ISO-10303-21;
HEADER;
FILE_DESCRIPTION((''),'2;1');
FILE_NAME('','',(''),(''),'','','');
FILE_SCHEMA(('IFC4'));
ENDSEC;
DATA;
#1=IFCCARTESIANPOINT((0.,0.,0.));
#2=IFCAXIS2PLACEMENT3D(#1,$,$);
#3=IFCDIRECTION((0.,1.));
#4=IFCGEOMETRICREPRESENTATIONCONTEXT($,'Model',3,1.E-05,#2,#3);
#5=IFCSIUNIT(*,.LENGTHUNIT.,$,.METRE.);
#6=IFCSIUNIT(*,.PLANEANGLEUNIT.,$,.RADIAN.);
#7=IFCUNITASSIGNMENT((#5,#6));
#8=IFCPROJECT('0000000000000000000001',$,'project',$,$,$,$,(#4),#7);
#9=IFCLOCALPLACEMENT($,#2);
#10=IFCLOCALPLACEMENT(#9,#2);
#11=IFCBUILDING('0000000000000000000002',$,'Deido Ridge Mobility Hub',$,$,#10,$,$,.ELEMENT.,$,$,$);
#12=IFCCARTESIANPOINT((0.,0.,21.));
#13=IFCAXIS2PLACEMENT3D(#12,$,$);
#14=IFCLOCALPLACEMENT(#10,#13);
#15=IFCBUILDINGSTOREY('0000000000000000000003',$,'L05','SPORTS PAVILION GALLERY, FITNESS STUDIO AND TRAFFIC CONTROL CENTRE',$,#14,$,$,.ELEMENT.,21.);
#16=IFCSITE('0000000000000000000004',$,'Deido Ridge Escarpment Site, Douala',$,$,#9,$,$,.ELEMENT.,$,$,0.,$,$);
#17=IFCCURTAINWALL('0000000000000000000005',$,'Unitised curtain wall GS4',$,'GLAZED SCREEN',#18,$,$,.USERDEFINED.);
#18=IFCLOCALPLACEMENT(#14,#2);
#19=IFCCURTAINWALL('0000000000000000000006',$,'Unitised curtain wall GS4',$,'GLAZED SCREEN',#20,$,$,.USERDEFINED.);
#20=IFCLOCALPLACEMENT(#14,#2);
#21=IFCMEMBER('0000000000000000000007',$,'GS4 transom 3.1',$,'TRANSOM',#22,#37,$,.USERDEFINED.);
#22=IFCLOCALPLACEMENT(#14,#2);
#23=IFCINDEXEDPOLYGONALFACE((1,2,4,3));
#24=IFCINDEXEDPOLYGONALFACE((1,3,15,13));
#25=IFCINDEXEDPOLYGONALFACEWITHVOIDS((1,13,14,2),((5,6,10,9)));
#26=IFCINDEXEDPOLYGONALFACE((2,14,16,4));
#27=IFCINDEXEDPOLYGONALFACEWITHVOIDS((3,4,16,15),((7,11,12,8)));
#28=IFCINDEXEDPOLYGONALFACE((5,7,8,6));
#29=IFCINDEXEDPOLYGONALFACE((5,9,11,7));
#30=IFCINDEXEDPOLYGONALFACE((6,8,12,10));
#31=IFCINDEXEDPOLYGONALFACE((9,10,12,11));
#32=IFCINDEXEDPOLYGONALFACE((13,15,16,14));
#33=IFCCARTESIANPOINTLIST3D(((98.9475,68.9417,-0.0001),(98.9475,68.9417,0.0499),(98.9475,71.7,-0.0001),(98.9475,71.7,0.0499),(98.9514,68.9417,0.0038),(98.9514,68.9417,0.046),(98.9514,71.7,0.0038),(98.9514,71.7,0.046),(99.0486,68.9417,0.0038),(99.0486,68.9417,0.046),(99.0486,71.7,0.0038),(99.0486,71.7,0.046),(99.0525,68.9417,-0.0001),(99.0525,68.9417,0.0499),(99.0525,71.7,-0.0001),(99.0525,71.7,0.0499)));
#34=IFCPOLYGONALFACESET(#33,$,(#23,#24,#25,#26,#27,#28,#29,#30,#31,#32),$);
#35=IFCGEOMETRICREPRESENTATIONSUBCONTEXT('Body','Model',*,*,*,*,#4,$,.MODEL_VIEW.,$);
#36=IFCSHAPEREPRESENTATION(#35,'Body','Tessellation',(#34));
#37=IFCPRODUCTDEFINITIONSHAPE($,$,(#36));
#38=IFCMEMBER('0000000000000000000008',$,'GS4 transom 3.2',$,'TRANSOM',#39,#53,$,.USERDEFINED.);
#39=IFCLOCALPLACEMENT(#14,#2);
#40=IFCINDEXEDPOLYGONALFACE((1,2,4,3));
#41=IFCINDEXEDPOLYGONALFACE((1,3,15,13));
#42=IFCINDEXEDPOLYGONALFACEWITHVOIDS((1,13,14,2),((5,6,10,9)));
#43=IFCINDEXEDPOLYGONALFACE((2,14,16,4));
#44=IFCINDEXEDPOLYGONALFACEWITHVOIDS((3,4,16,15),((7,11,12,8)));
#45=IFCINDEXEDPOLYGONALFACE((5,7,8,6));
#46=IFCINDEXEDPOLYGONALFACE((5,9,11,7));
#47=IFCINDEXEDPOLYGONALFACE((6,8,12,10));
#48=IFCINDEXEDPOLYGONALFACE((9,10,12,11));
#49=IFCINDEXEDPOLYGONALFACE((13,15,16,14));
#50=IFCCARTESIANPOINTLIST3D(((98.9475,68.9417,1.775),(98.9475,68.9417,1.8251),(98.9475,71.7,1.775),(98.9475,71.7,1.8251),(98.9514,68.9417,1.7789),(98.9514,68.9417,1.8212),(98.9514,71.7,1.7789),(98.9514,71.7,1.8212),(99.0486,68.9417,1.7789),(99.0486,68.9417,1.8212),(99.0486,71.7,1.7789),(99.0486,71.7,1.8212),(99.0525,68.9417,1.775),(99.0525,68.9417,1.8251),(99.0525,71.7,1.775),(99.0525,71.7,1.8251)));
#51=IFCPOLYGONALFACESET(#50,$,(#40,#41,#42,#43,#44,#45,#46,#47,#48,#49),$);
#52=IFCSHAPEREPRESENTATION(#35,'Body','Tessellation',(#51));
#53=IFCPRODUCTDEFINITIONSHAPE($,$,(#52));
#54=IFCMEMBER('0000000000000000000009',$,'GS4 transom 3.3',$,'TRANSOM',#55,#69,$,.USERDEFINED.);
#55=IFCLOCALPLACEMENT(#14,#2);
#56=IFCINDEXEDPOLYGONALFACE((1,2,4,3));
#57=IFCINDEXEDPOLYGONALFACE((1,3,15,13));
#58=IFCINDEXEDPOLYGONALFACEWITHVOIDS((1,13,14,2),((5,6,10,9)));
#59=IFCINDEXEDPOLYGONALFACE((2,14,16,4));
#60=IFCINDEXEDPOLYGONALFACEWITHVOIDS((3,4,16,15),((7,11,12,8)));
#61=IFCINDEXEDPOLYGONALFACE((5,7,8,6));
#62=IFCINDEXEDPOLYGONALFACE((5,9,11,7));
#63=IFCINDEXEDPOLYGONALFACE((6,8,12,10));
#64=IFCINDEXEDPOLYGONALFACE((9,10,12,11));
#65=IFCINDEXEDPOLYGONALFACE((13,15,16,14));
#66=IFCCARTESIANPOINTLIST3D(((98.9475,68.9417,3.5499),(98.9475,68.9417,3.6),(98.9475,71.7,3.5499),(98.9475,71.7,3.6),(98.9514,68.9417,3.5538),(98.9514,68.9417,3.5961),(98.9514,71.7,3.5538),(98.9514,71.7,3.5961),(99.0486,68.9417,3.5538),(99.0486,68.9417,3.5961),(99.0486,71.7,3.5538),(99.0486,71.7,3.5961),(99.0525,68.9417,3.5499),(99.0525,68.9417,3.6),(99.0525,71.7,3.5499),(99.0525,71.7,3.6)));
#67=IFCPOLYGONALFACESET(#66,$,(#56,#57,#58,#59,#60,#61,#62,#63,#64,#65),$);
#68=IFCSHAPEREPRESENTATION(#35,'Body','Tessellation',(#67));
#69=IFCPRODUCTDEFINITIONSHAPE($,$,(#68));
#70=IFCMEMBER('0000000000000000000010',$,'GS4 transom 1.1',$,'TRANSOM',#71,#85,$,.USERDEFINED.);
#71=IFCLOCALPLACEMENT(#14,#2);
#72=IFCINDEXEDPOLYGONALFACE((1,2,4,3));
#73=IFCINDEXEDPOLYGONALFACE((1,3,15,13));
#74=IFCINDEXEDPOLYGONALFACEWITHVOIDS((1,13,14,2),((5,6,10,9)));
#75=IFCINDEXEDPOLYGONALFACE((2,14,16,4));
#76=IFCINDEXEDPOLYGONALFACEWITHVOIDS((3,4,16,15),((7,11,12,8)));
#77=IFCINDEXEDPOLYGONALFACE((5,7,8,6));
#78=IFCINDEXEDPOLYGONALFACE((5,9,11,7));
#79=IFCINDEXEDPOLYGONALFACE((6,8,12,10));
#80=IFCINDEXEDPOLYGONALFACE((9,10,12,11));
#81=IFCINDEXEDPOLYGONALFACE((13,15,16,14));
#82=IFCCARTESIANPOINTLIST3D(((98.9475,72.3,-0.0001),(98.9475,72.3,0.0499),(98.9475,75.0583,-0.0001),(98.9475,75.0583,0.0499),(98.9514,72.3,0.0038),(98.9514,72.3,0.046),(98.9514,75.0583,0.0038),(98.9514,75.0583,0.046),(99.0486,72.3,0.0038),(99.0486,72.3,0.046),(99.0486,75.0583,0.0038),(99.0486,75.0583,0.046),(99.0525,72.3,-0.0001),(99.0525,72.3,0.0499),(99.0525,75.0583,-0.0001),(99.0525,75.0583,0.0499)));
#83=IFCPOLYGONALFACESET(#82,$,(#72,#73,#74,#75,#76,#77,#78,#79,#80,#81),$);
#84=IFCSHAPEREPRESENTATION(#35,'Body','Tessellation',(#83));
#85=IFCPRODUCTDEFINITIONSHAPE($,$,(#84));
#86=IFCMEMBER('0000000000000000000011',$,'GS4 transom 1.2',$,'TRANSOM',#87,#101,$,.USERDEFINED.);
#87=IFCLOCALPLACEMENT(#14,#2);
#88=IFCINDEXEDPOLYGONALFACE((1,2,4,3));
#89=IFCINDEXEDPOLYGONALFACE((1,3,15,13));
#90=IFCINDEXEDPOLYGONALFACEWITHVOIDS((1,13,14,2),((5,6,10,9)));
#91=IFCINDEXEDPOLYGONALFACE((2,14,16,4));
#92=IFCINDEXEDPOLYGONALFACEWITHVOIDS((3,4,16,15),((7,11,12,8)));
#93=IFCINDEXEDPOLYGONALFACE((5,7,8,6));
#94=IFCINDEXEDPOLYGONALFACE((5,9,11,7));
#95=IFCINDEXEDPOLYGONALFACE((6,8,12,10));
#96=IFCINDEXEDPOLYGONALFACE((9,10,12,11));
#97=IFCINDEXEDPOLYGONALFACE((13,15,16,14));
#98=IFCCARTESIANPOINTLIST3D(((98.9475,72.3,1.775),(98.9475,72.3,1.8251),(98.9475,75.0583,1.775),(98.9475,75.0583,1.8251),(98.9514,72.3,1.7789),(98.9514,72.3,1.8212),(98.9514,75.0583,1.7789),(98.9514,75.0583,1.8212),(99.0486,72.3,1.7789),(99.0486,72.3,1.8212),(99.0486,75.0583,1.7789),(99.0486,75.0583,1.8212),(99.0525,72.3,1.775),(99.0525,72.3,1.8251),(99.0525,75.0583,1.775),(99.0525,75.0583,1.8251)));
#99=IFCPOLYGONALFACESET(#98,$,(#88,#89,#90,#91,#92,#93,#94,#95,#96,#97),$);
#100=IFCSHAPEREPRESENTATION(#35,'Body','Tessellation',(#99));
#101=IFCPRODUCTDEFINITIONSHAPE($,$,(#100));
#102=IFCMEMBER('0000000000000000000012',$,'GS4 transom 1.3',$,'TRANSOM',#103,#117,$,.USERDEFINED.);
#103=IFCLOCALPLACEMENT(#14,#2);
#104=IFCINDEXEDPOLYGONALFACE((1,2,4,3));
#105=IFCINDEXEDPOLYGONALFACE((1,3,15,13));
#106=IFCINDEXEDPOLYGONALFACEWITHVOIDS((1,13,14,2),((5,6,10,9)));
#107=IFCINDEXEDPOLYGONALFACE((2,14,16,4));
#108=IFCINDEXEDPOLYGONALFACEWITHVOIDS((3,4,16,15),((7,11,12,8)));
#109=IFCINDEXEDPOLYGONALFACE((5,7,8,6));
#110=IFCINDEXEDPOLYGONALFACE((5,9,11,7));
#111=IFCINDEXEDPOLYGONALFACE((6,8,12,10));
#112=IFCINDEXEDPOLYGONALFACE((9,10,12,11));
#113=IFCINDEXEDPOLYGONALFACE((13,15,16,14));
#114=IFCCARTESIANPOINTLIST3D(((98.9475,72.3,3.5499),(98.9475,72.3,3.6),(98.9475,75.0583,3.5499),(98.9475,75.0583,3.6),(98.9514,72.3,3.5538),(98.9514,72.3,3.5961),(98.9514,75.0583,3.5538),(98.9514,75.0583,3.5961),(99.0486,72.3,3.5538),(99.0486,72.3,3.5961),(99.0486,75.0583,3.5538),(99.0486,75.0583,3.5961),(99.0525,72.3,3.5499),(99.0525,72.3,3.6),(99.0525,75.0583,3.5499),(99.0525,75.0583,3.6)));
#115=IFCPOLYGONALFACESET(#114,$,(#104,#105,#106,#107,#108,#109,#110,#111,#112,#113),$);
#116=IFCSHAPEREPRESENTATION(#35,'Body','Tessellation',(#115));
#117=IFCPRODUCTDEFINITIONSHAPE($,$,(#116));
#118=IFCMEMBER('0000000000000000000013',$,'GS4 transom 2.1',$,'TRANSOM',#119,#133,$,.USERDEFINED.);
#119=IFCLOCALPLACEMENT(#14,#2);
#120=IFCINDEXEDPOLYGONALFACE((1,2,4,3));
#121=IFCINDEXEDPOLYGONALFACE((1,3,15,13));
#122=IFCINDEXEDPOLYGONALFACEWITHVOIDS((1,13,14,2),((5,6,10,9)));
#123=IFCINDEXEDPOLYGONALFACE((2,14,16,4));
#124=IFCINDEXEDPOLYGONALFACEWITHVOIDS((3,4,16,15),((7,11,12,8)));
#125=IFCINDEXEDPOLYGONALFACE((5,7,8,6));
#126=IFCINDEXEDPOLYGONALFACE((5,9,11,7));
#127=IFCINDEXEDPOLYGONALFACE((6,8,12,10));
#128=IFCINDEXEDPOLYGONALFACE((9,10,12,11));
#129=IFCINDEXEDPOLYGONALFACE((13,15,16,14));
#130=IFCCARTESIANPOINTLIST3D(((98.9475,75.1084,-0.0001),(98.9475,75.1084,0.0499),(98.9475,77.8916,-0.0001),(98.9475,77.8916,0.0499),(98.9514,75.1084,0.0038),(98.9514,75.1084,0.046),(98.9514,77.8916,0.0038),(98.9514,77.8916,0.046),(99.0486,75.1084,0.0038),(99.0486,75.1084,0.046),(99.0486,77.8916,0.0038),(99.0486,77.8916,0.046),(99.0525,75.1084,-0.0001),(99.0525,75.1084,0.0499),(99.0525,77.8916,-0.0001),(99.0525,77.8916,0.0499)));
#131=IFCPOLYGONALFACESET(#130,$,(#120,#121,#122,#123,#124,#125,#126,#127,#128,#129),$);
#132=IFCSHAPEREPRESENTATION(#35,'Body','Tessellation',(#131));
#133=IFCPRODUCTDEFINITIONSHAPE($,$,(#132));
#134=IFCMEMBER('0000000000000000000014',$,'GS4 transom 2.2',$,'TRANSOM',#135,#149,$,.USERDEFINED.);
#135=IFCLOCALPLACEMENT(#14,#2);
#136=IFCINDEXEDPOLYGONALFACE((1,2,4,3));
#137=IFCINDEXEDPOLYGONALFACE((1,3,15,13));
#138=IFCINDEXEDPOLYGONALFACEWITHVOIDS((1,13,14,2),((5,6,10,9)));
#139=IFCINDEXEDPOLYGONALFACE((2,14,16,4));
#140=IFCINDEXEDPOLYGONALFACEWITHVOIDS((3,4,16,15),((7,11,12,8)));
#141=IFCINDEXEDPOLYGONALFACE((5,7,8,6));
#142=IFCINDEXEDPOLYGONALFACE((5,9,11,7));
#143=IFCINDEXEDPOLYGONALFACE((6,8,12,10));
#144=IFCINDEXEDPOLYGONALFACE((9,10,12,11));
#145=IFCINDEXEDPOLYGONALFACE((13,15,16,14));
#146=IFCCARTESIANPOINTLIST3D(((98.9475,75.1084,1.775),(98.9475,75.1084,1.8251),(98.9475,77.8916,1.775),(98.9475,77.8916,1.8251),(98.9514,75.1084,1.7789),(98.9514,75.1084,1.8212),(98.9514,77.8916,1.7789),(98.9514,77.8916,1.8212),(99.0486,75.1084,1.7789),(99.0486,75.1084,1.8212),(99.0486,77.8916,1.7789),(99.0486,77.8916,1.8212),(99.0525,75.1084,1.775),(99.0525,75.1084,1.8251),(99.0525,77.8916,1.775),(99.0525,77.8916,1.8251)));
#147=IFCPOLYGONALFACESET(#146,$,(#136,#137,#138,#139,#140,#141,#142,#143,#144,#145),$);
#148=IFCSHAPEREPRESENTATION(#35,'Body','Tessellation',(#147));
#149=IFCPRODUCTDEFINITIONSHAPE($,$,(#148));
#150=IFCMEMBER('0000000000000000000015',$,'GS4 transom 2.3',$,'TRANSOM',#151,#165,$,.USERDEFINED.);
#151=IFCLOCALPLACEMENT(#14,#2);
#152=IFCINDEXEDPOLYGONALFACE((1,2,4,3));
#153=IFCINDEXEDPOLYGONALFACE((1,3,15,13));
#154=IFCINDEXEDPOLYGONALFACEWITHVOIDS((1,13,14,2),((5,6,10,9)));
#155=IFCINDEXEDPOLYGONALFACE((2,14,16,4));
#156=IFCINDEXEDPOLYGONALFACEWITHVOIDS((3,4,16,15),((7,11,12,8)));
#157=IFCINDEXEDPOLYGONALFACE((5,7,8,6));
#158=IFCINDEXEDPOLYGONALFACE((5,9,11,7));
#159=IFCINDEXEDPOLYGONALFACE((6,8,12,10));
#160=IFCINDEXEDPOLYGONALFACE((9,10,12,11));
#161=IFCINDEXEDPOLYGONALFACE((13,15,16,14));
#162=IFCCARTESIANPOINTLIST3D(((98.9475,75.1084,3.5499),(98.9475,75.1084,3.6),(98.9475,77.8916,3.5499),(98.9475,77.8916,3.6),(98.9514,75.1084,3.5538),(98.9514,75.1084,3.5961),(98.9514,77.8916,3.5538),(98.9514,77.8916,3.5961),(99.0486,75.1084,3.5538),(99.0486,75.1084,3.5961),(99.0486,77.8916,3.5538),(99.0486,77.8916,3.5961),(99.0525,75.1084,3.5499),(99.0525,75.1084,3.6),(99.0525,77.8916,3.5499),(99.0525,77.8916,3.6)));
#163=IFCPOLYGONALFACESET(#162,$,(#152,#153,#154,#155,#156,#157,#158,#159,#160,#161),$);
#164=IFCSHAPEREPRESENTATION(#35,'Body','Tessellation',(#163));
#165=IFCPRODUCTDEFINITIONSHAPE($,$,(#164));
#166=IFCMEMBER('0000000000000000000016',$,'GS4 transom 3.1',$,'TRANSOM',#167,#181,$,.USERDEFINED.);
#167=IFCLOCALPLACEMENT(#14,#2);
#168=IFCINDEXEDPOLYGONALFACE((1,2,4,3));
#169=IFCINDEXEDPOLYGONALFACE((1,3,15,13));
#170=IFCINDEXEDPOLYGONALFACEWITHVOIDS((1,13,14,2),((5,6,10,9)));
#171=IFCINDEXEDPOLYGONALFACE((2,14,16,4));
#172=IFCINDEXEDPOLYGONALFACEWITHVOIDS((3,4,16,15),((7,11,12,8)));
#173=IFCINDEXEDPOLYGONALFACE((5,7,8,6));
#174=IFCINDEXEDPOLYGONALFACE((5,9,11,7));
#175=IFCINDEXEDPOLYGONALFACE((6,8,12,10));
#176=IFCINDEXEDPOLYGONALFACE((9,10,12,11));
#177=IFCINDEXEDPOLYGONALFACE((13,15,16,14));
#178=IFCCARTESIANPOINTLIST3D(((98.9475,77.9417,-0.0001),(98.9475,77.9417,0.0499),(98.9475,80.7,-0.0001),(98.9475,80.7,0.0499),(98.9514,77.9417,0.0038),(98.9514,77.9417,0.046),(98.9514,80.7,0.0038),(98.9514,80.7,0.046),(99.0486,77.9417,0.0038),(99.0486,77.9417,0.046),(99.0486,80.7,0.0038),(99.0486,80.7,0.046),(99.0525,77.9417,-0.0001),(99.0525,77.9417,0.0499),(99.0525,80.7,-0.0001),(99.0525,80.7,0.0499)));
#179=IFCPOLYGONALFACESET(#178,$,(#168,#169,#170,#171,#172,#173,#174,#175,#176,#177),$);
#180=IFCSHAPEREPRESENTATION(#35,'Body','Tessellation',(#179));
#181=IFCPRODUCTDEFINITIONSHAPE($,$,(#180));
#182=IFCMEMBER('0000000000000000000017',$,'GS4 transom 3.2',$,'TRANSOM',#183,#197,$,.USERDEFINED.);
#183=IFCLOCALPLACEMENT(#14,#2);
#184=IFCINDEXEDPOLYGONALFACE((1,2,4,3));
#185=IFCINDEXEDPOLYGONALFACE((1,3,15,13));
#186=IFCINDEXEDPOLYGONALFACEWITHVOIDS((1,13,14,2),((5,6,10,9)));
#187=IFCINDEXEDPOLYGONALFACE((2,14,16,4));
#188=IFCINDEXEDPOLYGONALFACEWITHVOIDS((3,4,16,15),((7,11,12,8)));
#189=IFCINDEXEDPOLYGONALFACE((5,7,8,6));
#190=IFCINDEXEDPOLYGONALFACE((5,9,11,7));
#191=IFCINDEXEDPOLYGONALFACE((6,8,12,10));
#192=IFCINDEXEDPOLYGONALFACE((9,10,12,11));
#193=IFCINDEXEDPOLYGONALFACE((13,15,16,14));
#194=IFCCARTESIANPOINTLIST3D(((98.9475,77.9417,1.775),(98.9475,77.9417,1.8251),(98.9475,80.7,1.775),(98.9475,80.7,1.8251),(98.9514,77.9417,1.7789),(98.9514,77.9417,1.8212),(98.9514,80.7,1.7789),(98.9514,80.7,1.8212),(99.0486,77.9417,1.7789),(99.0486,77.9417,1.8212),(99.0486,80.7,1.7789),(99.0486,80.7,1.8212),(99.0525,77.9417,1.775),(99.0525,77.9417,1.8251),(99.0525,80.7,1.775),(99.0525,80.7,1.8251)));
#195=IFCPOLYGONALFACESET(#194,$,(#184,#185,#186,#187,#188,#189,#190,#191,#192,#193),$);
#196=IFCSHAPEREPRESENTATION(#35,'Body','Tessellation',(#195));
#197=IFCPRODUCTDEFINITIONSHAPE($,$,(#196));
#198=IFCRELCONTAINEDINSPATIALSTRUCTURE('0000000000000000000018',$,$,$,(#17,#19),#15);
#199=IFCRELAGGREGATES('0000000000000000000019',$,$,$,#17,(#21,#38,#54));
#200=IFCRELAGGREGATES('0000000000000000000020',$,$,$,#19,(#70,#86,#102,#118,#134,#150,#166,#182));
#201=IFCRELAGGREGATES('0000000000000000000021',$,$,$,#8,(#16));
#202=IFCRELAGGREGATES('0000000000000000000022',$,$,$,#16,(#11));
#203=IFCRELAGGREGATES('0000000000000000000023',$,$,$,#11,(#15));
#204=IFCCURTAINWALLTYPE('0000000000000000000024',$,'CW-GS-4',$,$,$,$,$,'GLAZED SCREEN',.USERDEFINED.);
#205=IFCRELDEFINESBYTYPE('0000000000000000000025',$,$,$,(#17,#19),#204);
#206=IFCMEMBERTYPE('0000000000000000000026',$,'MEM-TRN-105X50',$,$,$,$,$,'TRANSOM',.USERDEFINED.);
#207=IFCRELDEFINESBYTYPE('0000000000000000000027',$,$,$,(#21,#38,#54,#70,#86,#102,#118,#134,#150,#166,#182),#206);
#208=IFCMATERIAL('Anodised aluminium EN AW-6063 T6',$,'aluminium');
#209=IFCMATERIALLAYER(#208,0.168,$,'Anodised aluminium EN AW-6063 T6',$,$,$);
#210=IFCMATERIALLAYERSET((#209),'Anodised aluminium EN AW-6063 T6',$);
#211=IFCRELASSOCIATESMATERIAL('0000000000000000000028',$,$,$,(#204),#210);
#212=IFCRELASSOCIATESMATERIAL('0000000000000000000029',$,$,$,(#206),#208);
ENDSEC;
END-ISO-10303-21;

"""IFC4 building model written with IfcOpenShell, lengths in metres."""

from ifc_helpers import new_model, si_unit, direction, frame, origin, origin_2d, place, context, subcontext, project, spatial, hollow_rectangle, extrude, material, layer, layer_set, material_profile, profile_set, type_object, element, aggregate, save


model = new_model("IFC4")

# Units and contexts
model_context = context("Model", 3, precision=1e-05, world=origin(), true_north=direction((0.0, 1.0)))
body_context = subcontext(model_context, "Body", "Model", "MODEL_VIEW")
ifc_project = project(units=[si_unit("LENGTHUNIT", "METRE"), si_unit("PLANEANGLEUNIT", "RADIAN")], contexts=[model_context])

# Site, building, storey
site_placement = place(None, origin())
site = spatial("IfcSite", under=ifc_project, at=site_placement, Name="Deido Ridge Escarpment Site, Douala", CompositionType="ELEMENT", RefElevation=0.0)
building_placement = place(site_placement, origin())
building = spatial("IfcBuilding", under=site, at=building_placement, Name="Deido Ridge Mobility Hub", CompositionType="ELEMENT")
storey_placement = place(building_placement, frame((0.0, 0.0, 21.0)))
storey = spatial("IfcBuildingStorey", under=building, at=storey_placement, Name="L05", Description="SPORTS PAVILION GALLERY, FITNESS STUDIO AND TRAFFIC CONTROL CENTRE", CompositionType="ELEMENT", Elevation=21.0)

# Curtain walls
ifc_material_1 = material(Name="Anodised aluminium EN AW-6063 T6", Category="aluminium")
ifc_layer_1 = layer(ifc_material_1, 0.168, Name="Anodised aluminium EN AW-6063 T6")
ifc_layer_set_1 = layer_set([ifc_layer_1], Name="Anodised aluminium EN AW-6063 T6")
curtain_wall_type = type_object("IfcCurtainWallType", Name="CW-GS-4", ElementType="GLAZED SCREEN", PredefinedType="USERDEFINED", material=ifc_layer_set_1)
curtain_wall_1_placement = place(storey_placement, origin())
curtain_wall_1 = element("IfcCurtainWall", 1, at=curtain_wall_1_placement, inside=storey, type_object=curtain_wall_type, Name="Unitised curtain wall GS4", ObjectType="GLAZED SCREEN", PredefinedType="USERDEFINED")
curtain_wall_2_placement = place(storey_placement, origin())
curtain_wall_2 = element("IfcCurtainWall", 2, at=curtain_wall_2_placement, inside=storey, type_object=curtain_wall_type, Name="Unitised curtain wall GS4", ObjectType="GLAZED SCREEN", PredefinedType="USERDEFINED")

# Members
ifc_material_profile_1 = material_profile(ifc_material_1, hollow_rectangle(XDim=0.105, YDim=0.05, WallThickness=0.0039, at=origin_2d()), Name="RHS 105x50x4")
ifc_profile_set_1 = profile_set([ifc_material_profile_1], Name="Anodised aluminium EN AW-6063 T6")
member_type_1 = type_object("IfcMemberType", Name="MEM-TRN-105X50", ElementType="TRANSOM", PredefinedType="USERDEFINED", material=ifc_profile_set_1)
member_1_placement = place(storey_placement, frame((99.0, 68.9417, 0.0249), z_axis=(0.0, 1.0, 0.0), x_axis=(-1.0, 0.0, 0.0)))
member_1 = element("IfcMember", 3, at=member_1_placement, type_object=member_type_1, Name="GS4 transom 3.1", ObjectType="TRANSOM", PredefinedType="USERDEFINED", context=body_context, shape_type="SweptSolid", body=[
    extrude(hollow_rectangle(XDim=0.105, YDim=0.05, WallThickness=0.0039, at=origin_2d()), origin(), (0.0, 0.0, 1.0), 2.7583),
])
member_2_placement = place(storey_placement, frame((99.0, 68.9417, 1.8), z_axis=(0.0, 1.0, 0.0), x_axis=(-1.0, 0.0, 0.0)))
member_2 = element("IfcMember", 4, at=member_2_placement, type_object=member_type_1, Name="GS4 transom 3.2", ObjectType="TRANSOM", PredefinedType="USERDEFINED", context=body_context, shape_type="SweptSolid", body=[
    extrude(hollow_rectangle(XDim=0.105, YDim=0.05, WallThickness=0.0039, at=origin_2d()), origin(), (0.0, 0.0, 1.0), 2.7583),
])
member_3_placement = place(storey_placement, frame((99.0, 68.9417, 3.575), z_axis=(0.0, 1.0, 0.0), x_axis=(-1.0, 0.0, 0.0)))
member_3 = element("IfcMember", 5, at=member_3_placement, type_object=member_type_1, Name="GS4 transom 3.3", ObjectType="TRANSOM", PredefinedType="USERDEFINED", context=body_context, shape_type="SweptSolid", body=[
    extrude(hollow_rectangle(XDim=0.105, YDim=0.05, WallThickness=0.0039, at=origin_2d()), origin(), (0.0, 0.0, 1.0), 2.7583),
])
member_4_placement = place(storey_placement, frame((99.0, 72.3, 0.0249), z_axis=(0.0, 1.0, 0.0), x_axis=(-1.0, 0.0, 0.0)))
member_4 = element("IfcMember", 6, at=member_4_placement, type_object=member_type_1, Name="GS4 transom 1.1", ObjectType="TRANSOM", PredefinedType="USERDEFINED", context=body_context, shape_type="SweptSolid", body=[
    extrude(hollow_rectangle(XDim=0.105, YDim=0.05, WallThickness=0.0039, at=origin_2d()), origin(), (0.0, 0.0, 1.0), 2.7583),
])
member_5_placement = place(storey_placement, frame((99.0, 72.3, 1.8), z_axis=(0.0, 1.0, 0.0), x_axis=(-1.0, 0.0, 0.0)))
member_5 = element("IfcMember", 7, at=member_5_placement, type_object=member_type_1, Name="GS4 transom 1.2", ObjectType="TRANSOM", PredefinedType="USERDEFINED", context=body_context, shape_type="SweptSolid", body=[
    extrude(hollow_rectangle(XDim=0.105, YDim=0.05, WallThickness=0.0039, at=origin_2d()), origin(), (0.0, 0.0, 1.0), 2.7583),
])
member_6_placement = place(storey_placement, frame((99.0, 72.3, 3.575), z_axis=(0.0, 1.0, 0.0), x_axis=(-1.0, 0.0, 0.0)))
member_6 = element("IfcMember", 8, at=member_6_placement, type_object=member_type_1, Name="GS4 transom 1.3", ObjectType="TRANSOM", PredefinedType="USERDEFINED", context=body_context, shape_type="SweptSolid", body=[
    extrude(hollow_rectangle(XDim=0.105, YDim=0.05, WallThickness=0.0039, at=origin_2d()), origin(), (0.0, 0.0, 1.0), 2.7583),
])
member_7_placement = place(storey_placement, frame((99.0, 75.1084, 0.0249), z_axis=(0.0, 1.0, 0.0), x_axis=(-1.0, 0.0, 0.0)))
member_7 = element("IfcMember", 9, at=member_7_placement, type_object=member_type_1, Name="GS4 transom 2.1", ObjectType="TRANSOM", PredefinedType="USERDEFINED", context=body_context, shape_type="SweptSolid", body=[
    extrude(hollow_rectangle(XDim=0.105, YDim=0.05, WallThickness=0.0039, at=origin_2d()), origin(), (0.0, 0.0, 1.0), 2.7832),
])
member_8_placement = place(storey_placement, frame((99.0, 75.1084, 1.8), z_axis=(0.0, 1.0, 0.0), x_axis=(-1.0, 0.0, 0.0)))
member_8 = element("IfcMember", 10, at=member_8_placement, type_object=member_type_1, Name="GS4 transom 2.2", ObjectType="TRANSOM", PredefinedType="USERDEFINED", context=body_context, shape_type="SweptSolid", body=[
    extrude(hollow_rectangle(XDim=0.105, YDim=0.05, WallThickness=0.0039, at=origin_2d()), origin(), (0.0, 0.0, 1.0), 2.7832),
])
member_9_placement = place(storey_placement, frame((99.0, 75.1084, 3.575), z_axis=(0.0, 1.0, 0.0), x_axis=(-1.0, 0.0, 0.0)))
member_9 = element("IfcMember", 11, at=member_9_placement, type_object=member_type_1, Name="GS4 transom 2.3", ObjectType="TRANSOM", PredefinedType="USERDEFINED", context=body_context, shape_type="SweptSolid", body=[
    extrude(hollow_rectangle(XDim=0.105, YDim=0.05, WallThickness=0.0039, at=origin_2d()), origin(), (0.0, 0.0, 1.0), 2.7832),
])
member_10_placement = place(storey_placement, frame((99.0, 77.9417, 0.0249), z_axis=(0.0, 1.0, 0.0), x_axis=(-1.0, 0.0, 0.0)))
member_10 = element("IfcMember", 12, at=member_10_placement, type_object=member_type_1, Name="GS4 transom 3.1", ObjectType="TRANSOM", PredefinedType="USERDEFINED", context=body_context, shape_type="SweptSolid", body=[
    extrude(hollow_rectangle(XDim=0.105, YDim=0.05, WallThickness=0.0039, at=origin_2d()), origin(), (0.0, 0.0, 1.0), 2.7583),
])
member_11_placement = place(storey_placement, frame((99.0, 77.9417, 1.8), z_axis=(0.0, 1.0, 0.0), x_axis=(-1.0, 0.0, 0.0)))
member_11 = element("IfcMember", 13, at=member_11_placement, type_object=member_type_1, Name="GS4 transom 3.2", ObjectType="TRANSOM", PredefinedType="USERDEFINED", context=body_context, shape_type="SweptSolid", body=[
    extrude(hollow_rectangle(XDim=0.105, YDim=0.05, WallThickness=0.0039, at=origin_2d()), origin(), (0.0, 0.0, 1.0), 2.7583),
])

aggregate(curtain_wall_1, [member_1, member_2, member_3])
aggregate(curtain_wall_2, [member_4, member_5, member_6, member_7, member_8, member_9, member_10, member_11])

save(model, "model.ifc")
